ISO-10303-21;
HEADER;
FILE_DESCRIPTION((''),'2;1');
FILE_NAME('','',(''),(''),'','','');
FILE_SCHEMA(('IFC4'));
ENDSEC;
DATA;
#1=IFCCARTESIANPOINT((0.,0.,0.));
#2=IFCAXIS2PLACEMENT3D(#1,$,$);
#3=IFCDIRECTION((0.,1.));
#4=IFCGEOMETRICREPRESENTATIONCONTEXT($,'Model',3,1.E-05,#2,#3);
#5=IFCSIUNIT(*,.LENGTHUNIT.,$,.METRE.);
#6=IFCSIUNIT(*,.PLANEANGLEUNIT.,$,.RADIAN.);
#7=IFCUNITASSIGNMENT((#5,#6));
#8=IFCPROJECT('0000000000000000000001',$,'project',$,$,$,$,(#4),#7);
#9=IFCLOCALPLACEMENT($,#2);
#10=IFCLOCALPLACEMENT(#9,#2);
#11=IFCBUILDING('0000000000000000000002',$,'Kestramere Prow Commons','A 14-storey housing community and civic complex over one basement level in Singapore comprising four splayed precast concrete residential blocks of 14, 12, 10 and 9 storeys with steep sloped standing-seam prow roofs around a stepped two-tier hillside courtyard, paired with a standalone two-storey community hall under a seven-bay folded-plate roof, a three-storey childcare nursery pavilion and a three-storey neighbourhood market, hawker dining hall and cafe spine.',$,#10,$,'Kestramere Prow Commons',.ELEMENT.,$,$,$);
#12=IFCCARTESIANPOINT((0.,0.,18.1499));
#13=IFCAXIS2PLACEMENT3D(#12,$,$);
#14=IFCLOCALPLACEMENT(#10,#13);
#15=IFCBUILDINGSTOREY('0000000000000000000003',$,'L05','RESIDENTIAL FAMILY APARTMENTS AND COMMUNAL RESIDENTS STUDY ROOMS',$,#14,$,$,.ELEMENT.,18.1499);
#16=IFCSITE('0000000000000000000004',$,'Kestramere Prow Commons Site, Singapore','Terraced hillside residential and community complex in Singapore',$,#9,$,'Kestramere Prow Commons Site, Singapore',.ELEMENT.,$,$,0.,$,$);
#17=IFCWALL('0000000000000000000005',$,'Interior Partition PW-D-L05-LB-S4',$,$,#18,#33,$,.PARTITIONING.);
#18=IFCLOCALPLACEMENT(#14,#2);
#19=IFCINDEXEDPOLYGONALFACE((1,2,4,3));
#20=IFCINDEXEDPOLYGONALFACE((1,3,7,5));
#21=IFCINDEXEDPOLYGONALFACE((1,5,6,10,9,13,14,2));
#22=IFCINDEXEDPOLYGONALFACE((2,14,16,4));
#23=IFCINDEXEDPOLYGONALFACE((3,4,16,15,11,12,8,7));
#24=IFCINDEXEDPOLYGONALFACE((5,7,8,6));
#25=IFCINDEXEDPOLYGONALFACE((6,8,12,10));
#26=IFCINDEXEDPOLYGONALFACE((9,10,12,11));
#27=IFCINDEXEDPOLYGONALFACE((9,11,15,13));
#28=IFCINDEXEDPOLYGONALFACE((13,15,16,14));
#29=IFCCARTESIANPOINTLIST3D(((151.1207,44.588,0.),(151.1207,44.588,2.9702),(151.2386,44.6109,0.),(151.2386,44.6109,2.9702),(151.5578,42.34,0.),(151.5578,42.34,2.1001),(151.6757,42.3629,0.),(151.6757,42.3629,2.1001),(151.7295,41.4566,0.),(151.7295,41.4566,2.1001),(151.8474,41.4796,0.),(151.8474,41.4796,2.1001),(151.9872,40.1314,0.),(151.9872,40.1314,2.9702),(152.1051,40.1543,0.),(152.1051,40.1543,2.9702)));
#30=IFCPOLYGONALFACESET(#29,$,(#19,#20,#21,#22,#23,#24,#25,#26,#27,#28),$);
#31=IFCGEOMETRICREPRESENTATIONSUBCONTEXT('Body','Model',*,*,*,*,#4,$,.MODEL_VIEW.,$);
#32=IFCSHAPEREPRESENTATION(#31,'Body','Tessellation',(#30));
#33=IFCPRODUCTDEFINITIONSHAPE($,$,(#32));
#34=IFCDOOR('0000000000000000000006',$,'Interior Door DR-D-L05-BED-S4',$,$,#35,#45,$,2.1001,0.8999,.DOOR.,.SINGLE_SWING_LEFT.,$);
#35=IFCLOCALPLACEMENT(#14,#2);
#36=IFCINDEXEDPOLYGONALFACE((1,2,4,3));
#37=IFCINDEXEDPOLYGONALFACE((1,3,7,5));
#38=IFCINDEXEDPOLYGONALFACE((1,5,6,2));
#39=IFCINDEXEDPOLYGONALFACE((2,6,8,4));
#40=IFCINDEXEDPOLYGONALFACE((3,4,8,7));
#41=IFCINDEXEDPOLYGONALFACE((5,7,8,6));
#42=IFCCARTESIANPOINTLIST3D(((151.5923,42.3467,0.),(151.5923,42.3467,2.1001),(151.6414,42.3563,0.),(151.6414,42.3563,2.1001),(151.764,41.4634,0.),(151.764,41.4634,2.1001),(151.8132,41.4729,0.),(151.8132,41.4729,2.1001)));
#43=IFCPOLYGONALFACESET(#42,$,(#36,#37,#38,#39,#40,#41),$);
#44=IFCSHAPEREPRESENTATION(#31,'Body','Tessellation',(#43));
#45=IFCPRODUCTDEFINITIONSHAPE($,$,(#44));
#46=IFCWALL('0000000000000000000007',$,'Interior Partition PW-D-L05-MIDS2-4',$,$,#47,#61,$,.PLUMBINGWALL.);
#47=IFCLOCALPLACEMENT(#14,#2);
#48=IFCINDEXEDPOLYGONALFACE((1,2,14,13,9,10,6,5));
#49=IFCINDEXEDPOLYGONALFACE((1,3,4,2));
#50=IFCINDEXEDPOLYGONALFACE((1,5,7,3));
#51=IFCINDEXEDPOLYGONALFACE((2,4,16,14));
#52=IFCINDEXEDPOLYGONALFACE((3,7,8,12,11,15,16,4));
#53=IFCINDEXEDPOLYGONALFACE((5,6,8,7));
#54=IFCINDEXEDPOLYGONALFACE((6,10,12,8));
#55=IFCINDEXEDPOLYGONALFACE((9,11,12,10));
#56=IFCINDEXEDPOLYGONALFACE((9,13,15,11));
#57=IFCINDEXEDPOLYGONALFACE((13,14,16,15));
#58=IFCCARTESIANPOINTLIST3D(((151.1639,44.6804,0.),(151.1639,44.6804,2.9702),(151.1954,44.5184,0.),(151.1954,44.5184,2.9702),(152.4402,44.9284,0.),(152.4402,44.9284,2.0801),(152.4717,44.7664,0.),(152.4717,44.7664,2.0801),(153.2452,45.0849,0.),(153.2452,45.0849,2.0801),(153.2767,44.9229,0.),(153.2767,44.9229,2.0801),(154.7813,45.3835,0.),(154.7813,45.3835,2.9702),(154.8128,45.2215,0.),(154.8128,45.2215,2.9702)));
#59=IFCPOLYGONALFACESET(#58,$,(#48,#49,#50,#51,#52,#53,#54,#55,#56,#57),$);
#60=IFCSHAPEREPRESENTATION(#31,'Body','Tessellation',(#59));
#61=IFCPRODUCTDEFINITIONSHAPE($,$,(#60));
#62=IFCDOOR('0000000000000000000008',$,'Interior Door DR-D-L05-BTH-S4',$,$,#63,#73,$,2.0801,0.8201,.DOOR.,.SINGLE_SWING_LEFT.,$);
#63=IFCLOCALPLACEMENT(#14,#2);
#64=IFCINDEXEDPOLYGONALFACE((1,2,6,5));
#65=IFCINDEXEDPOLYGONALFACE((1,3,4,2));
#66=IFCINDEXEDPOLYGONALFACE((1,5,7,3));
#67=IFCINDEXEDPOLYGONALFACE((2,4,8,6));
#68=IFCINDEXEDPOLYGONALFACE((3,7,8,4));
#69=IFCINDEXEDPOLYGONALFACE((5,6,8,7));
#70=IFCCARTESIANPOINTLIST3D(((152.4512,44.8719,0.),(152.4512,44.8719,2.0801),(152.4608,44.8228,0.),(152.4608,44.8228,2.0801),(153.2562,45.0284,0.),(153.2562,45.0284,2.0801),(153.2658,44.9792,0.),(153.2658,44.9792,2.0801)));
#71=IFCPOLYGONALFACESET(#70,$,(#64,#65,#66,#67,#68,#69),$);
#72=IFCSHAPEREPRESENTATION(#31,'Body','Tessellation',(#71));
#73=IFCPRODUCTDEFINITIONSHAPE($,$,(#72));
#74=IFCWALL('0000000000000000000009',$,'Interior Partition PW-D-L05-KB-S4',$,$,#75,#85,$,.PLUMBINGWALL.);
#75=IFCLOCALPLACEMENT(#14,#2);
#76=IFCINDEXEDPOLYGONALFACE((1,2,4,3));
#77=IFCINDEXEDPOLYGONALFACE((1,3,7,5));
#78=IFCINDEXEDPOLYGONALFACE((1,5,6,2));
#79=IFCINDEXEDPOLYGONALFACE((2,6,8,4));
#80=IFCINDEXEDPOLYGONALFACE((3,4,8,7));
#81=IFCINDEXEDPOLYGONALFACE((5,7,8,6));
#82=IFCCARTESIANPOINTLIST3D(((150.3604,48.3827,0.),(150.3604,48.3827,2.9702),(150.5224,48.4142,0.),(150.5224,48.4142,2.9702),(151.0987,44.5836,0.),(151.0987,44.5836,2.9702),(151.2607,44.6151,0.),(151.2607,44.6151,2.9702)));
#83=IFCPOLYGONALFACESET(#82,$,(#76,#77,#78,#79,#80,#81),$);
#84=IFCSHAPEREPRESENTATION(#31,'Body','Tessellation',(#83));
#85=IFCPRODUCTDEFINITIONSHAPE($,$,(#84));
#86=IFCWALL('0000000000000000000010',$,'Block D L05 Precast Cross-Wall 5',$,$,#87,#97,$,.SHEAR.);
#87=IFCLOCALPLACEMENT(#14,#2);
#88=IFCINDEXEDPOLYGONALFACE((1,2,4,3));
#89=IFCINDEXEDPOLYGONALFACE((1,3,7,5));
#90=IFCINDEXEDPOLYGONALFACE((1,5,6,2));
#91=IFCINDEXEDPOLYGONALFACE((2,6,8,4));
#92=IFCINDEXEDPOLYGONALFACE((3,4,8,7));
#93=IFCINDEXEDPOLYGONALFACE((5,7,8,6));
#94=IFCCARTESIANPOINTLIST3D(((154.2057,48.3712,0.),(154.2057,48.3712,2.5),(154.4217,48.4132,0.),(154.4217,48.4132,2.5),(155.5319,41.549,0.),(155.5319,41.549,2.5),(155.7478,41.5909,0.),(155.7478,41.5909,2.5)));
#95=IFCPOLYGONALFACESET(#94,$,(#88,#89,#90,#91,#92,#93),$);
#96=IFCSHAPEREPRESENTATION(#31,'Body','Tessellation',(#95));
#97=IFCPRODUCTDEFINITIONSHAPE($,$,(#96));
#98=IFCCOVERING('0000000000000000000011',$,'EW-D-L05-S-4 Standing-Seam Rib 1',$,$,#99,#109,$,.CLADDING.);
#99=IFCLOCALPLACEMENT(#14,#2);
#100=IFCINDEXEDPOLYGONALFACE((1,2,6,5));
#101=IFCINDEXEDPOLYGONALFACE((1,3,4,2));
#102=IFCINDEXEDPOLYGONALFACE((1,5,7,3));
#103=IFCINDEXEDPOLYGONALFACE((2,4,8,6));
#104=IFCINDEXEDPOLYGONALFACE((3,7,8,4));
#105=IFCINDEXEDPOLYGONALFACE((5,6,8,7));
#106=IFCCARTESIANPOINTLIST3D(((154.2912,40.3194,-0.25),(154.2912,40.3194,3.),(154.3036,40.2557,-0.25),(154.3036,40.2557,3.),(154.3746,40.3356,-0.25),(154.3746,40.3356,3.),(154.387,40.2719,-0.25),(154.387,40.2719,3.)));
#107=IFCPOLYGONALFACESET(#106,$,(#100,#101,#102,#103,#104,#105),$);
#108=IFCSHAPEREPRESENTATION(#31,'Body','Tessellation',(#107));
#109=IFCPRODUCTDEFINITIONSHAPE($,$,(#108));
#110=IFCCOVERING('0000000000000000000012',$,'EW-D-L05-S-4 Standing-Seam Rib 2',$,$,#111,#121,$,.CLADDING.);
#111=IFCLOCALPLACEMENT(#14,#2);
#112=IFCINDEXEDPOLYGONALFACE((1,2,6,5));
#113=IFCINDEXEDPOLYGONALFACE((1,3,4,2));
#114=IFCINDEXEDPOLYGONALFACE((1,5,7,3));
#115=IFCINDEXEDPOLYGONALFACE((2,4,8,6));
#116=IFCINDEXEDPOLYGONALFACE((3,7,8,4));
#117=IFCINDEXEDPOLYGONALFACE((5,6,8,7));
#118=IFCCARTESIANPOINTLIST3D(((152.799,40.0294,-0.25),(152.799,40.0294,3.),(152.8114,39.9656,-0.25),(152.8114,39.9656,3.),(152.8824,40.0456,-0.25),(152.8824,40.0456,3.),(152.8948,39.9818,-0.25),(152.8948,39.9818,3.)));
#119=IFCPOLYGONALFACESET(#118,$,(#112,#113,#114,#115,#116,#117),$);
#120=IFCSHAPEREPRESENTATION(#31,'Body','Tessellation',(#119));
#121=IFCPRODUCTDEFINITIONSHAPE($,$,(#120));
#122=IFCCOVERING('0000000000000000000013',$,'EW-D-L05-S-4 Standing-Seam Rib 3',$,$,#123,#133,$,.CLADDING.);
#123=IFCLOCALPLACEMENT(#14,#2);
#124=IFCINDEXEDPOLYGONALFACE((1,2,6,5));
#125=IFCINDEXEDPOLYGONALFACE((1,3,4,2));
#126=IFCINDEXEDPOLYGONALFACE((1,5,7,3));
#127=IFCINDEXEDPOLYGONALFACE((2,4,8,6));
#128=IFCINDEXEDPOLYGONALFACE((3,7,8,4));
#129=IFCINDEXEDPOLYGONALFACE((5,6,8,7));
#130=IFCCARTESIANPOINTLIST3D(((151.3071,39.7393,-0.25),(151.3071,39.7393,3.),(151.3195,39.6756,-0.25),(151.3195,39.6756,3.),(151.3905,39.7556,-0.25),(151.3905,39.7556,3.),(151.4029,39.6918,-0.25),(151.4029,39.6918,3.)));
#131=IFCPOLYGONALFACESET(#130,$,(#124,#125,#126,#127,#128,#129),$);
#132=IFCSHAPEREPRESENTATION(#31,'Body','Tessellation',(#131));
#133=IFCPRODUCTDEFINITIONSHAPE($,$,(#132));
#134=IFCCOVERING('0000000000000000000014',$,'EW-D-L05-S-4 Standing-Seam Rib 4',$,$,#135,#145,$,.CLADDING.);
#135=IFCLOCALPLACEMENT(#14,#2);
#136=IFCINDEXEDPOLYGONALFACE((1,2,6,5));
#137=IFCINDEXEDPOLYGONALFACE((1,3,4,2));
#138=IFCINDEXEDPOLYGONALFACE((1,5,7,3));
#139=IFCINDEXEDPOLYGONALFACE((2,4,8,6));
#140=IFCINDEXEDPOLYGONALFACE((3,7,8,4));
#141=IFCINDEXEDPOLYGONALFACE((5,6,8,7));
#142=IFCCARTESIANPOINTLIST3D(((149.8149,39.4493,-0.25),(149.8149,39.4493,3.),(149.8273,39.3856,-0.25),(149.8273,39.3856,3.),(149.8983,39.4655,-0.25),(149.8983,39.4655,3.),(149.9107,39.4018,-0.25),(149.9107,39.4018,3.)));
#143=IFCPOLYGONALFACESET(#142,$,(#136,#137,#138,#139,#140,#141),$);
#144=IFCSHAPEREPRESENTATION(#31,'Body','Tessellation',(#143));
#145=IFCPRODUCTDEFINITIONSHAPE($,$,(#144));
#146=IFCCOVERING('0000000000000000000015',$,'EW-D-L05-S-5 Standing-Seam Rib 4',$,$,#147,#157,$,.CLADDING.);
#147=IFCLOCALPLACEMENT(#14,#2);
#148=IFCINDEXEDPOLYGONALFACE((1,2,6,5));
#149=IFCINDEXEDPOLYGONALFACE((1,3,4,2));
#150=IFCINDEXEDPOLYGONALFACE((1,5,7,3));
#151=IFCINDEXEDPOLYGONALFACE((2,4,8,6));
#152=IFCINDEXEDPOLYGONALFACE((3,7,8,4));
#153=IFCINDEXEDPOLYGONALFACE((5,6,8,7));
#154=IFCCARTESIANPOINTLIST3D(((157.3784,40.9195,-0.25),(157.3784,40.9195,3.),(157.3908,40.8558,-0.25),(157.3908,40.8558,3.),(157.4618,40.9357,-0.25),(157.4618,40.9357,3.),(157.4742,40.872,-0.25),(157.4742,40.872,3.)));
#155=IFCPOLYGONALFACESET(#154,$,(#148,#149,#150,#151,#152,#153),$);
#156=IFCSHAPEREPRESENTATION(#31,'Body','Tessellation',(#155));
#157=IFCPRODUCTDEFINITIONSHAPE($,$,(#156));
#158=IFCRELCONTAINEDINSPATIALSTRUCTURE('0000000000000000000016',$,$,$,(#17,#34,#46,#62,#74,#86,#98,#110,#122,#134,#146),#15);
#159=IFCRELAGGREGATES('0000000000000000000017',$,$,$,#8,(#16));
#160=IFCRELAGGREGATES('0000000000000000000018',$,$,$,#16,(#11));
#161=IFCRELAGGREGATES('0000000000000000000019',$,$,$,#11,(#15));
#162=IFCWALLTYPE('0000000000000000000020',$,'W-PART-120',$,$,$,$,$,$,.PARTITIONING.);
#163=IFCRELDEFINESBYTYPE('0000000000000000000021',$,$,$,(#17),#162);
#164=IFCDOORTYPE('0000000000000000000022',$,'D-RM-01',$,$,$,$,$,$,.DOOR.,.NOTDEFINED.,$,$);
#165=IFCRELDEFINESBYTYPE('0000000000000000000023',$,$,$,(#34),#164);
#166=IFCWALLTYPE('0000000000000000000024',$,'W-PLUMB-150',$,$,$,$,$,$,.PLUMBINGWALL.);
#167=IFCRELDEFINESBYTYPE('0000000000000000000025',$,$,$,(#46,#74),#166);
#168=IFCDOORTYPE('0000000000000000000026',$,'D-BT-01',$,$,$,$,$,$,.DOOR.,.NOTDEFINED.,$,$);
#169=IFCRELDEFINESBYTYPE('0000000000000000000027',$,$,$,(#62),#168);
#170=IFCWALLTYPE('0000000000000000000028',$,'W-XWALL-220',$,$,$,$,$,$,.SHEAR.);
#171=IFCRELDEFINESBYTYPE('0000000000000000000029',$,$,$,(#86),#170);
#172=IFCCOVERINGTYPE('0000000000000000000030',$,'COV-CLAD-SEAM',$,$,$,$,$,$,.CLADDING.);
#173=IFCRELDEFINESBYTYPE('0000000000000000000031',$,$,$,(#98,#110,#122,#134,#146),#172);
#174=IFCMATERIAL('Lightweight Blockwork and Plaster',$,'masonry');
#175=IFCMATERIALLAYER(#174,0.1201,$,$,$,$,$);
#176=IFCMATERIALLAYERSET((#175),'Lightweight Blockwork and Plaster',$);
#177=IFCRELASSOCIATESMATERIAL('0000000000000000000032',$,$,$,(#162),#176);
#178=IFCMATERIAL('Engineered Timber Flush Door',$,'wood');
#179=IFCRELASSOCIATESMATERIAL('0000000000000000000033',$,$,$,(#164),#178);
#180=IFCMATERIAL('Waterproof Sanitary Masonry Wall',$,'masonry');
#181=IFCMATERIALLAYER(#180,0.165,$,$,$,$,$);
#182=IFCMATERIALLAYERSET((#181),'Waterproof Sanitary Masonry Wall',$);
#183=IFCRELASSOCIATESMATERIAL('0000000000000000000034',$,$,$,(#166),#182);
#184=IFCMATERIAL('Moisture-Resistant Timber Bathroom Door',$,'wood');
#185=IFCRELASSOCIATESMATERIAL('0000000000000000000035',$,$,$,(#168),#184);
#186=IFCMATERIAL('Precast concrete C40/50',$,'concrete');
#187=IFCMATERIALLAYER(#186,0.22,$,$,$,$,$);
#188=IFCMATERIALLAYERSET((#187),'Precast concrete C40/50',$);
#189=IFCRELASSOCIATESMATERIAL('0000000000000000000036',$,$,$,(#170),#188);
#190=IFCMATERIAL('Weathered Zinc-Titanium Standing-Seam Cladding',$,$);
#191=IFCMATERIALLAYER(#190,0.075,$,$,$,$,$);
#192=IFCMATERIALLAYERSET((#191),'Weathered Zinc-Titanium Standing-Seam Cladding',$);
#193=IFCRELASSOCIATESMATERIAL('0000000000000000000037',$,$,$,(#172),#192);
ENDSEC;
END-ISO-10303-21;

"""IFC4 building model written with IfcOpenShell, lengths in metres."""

from ifc_helpers import new_model, si_unit, direction, frame, frame_2d, origin, origin_2d, place, context, subcontext, project, spatial, rectangle, extrude, material, layer, layer_set, type_object, element, fill, save


model = new_model("IFC4")

# Units and contexts
model_context = context("Model", 3, precision=1e-05, world=origin(), true_north=direction((0.0, 1.0)))
body_context = subcontext(model_context, "Body", "Model", "MODEL_VIEW")
ifc_project = project(units=[si_unit("LENGTHUNIT", "METRE"), si_unit("PLANEANGLEUNIT", "RADIAN")], contexts=[model_context])

# Site, building, storey
site_placement = place(None, origin())
site = spatial("IfcSite", under=ifc_project, at=site_placement, Name="Kestramere Prow Commons Site, Singapore", Description="Terraced hillside residential and community complex in Singapore", LongName="Kestramere Prow Commons Site, Singapore", CompositionType="ELEMENT", RefElevation=0.0)
building_placement = place(site_placement, origin())
building = spatial("IfcBuilding", under=site, at=building_placement, Name="Kestramere Prow Commons", Description="A 14-storey housing community and civic complex over one basement level in Singapore comprising four splayed precast concrete residential blocks of 14, 12, 10 and 9 storeys with steep sloped standing-seam prow roofs around a stepped two-tier hillside courtyard, paired with a standalone two-storey community hall under a seven-bay folded-plate roof, a three-storey childcare nursery pavilion and a three-storey neighbourhood market, hawker dining hall and cafe spine.", LongName="Kestramere Prow Commons", CompositionType="ELEMENT")
storey_placement = place(building_placement, frame((0.0, 0.0, 18.1499)))
storey = spatial("IfcBuildingStorey", under=building, at=storey_placement, Name="L05", Description="RESIDENTIAL FAMILY APARTMENTS AND COMMUNAL RESIDENTS STUDY ROOMS", CompositionType="ELEMENT", Elevation=18.1499)

# Shared definitions
ifc_material_1 = material(Name="Precast concrete C40/50", Category="concrete")

# Walls, openings, doors
ifc_material_2 = material(Name="Lightweight Blockwork and Plaster", Category="masonry")
ifc_layer_1 = layer(ifc_material_2, 0.1201)
ifc_layer_set_1 = layer_set([ifc_layer_1], Name="Lightweight Blockwork and Plaster")
wall_type_1 = type_object("IfcWallType", Name="W-PART-120", PredefinedType="PARTITIONING", material=ifc_layer_set_1)
wall_1_placement = place(storey_placement, frame((152.0461, 40.1428, 0.0), z_axis=(0.0, 0.0, 1.0), x_axis=(-0.19085, 0.981619, 0.0)))
wall_1 = element("IfcWall", 1, at=wall_1_placement, inside=storey, type_object=wall_type_1, Name="Interior Partition PW-D-L05-LB-S4", PredefinedType="PARTITIONING", context=body_context, shape_type="SweptSolid", body=[
    extrude(rectangle(XDim=4.54, YDim=0.1201, at=frame_2d((2.27, 0.0))), origin(), (0.0, 0.0, 1.0), 2.9702),
])
opening_1_placement = place(wall_1_placement, frame((1.3501, 0.0, 0.0)))
opening_1 = element("IfcOpeningElement", 2, at=opening_1_placement, cuts=wall_1, PredefinedType="OPENING", context=body_context, shape_type="SweptSolid", body=[
    extrude(rectangle(XDim=0.8999, YDim=2.1001, at=frame_2d((0.45, 1.05))), frame((0.0, 0.075, 0.0), z_axis=(0.0, -1.0, 0.0), x_axis=(1.0, 0.0, 0.0)), (0.0, 0.0, 1.0), 0.1501),
])
ifc_material_3 = material(Name="Engineered Timber Flush Door", Category="wood")
door_type_1 = type_object("IfcDoorType", Name="D-RM-01", OperationType="NOTDEFINED", PredefinedType="DOOR", material=ifc_material_3)
door_1_placement = place(opening_1_placement, origin())
door_1 = element("IfcDoor", 3, at=door_1_placement, inside=storey, type_object=door_type_1, Name="Interior Door DR-D-L05-BED-S4", OperationType="SINGLE_SWING_LEFT", OverallHeight=2.1001, OverallWidth=0.8999, PredefinedType="DOOR", context=body_context, shape_type="SweptSolid", body=[
    extrude(rectangle(XDim=0.8999, YDim=2.1001, at=frame_2d((0.45, 1.05))), frame((0.0, 0.0249, 0.0), z_axis=(0.0, -1.0, 0.0), x_axis=(1.0, 0.0, 0.0)), (0.0, 0.0, 1.0), 0.05),
])
fill(opening_1, door_1)
ifc_material_4 = material(Name="Waterproof Sanitary Masonry Wall", Category="masonry")
ifc_layer_2 = layer(ifc_material_4, 0.165)
ifc_layer_set_2 = layer_set([ifc_layer_2], Name="Waterproof Sanitary Masonry Wall")
wall_type_2 = type_object("IfcWallType", Name="W-PLUMB-150", PredefinedType="PLUMBINGWALL", material=ifc_layer_set_2)
wall_2_placement = place(storey_placement, frame((151.1797, 44.5994, 0.0), z_axis=(0.0, 0.0, 1.0), x_axis=(0.981629, 0.190801, 0.0)))
wall_2 = element("IfcWall", 4, at=wall_2_placement, inside=storey, type_object=wall_type_2, Name="Interior Partition PW-D-L05-MIDS2-4", PredefinedType="PLUMBINGWALL", context=body_context, shape_type="SweptSolid", body=[
    extrude(rectangle(XDim=3.6851, YDim=0.165, at=frame_2d((1.8425, 0.0))), origin(), (0.0, 0.0, 1.0), 2.9702),
])
opening_2_placement = place(wall_2_placement, frame((1.3, 0.0, 0.0)))
opening_2 = element("IfcOpeningElement", 5, at=opening_2_placement, cuts=wall_2, PredefinedType="OPENING", context=body_context, shape_type="SweptSolid", body=[
    extrude(rectangle(XDim=0.8201, YDim=2.0801, at=frame_2d((0.4102, 1.04))), frame((0.0, 0.0974, 0.0), z_axis=(0.0, -1.0, 0.0), x_axis=(1.0, 0.0, 0.0)), (0.0, 0.0, 1.0), 0.1951),
])
ifc_material_5 = material(Name="Moisture-Resistant Timber Bathroom Door", Category="wood")
door_type_2 = type_object("IfcDoorType", Name="D-BT-01", OperationType="NOTDEFINED", PredefinedType="DOOR", material=ifc_material_5)
door_2_placement = place(opening_2_placement, origin())
door_2 = element("IfcDoor", 6, at=door_2_placement, inside=storey, type_object=door_type_2, Name="Interior Door DR-D-L05-BTH-S4", OperationType="SINGLE_SWING_LEFT", OverallHeight=2.0801, OverallWidth=0.8201, PredefinedType="DOOR", context=body_context, shape_type="SweptSolid", body=[
    extrude(rectangle(XDim=0.8201, YDim=2.0801, at=frame_2d((0.4102, 1.04))), frame((0.0, 0.0249, 0.0), z_axis=(0.0, -1.0, 0.0), x_axis=(1.0, 0.0, 0.0)), (0.0, 0.0, 1.0), 0.05),
])
fill(opening_2, door_2)

# Wall
wall_3_placement = place(storey_placement, frame((151.1797, 44.5994, 0.0), z_axis=(0.0, 0.0, 1.0), x_axis=(-0.190763, 0.981636, 0.0)))
element("IfcWall", 7, at=wall_3_placement, inside=storey, type_object=wall_type_2, Name="Interior Partition PW-D-L05-KB-S4", PredefinedType="PLUMBINGWALL", context=body_context, shape_type="SweptSolid", body=[
    extrude(rectangle(XDim=3.8701, YDim=0.165, at=frame_2d((1.9351, 0.0))), origin(), (0.0, 0.0, 1.0), 2.9702),
])

# Wall
ifc_layer_3 = layer(ifc_material_1, 0.22)
ifc_layer_set_3 = layer_set([ifc_layer_3], Name="Precast concrete C40/50")
wall_type_3 = type_object("IfcWallType", Name="W-XWALL-220", PredefinedType="SHEAR", material=ifc_layer_set_3)
wall_4_placement = place(storey_placement, frame((155.6399, 41.5698, 0.0), z_axis=(0.0, 0.0, 1.0), x_axis=(-0.190817, 0.981626, 0.0)))
element("IfcWall", 8, at=wall_4_placement, inside=storey, type_object=wall_type_3, Name="Block D L05 Precast Cross-Wall 5", PredefinedType="SHEAR", context=body_context, shape_type="SweptSolid", body=[
    extrude(rectangle(XDim=6.95, YDim=0.22, at=frame_2d((3.4751, 0.0))), origin(), (0.0, 0.0, 1.0), 2.5),
])

# Coverings
ifc_material_6 = material(Name="Weathered Zinc-Titanium Standing-Seam Cladding")
ifc_layer_4 = layer(ifc_material_6, 0.075)
ifc_layer_set_4 = layer_set([ifc_layer_4], Name="Weathered Zinc-Titanium Standing-Seam Cladding")
covering_type = type_object("IfcCoveringType", Name="COV-CLAD-SEAM", PredefinedType="CLADDING", material=ifc_layer_set_4)
for number, where, z_axis, x_axis, name in (
    (9, (154.3391, 40.2957, -0.25), (0.0, 0.0, 1.0), (-0.981627, -0.190809, 0.0), "EW-D-L05-S-4 Standing-Seam Rib 1"),
    (10, (152.8469, 40.0056, -0.25), (0.0, 0.0, 1.0), (-0.981627, -0.190809, 0.0), "EW-D-L05-S-4 Standing-Seam Rib 2"),
    (11, (151.355, 39.7156, -0.25), (0.0, 0.0, 1.0), (-0.981627, -0.190809, 0.0), "EW-D-L05-S-4 Standing-Seam Rib 3"),
    (12, (149.8628, 39.4255, -0.25), (0.0, 0.0, 1.0), (-0.981627, -0.190809, 0.0), "EW-D-L05-S-4 Standing-Seam Rib 4"),
    (13, (157.4263, 40.8958, -0.25), (0.0, 0.0, 1.0), (-0.981627, -0.190809, 0.0), "EW-D-L05-S-5 Standing-Seam Rib 4"),
):
    element("IfcCovering", number, at=place(storey_placement, frame(where, z_axis=z_axis, x_axis=x_axis)), inside=storey, type_object=covering_type, Name=name, PredefinedType="CLADDING", context=body_context, shape_type="SweptSolid", body=[
        extrude(rectangle(XDim=0.085, YDim=0.0649, at=origin_2d()), origin(), (0.0, 0.0, 1.0), 3.25),
    ])

save(model, "model.ifc")
